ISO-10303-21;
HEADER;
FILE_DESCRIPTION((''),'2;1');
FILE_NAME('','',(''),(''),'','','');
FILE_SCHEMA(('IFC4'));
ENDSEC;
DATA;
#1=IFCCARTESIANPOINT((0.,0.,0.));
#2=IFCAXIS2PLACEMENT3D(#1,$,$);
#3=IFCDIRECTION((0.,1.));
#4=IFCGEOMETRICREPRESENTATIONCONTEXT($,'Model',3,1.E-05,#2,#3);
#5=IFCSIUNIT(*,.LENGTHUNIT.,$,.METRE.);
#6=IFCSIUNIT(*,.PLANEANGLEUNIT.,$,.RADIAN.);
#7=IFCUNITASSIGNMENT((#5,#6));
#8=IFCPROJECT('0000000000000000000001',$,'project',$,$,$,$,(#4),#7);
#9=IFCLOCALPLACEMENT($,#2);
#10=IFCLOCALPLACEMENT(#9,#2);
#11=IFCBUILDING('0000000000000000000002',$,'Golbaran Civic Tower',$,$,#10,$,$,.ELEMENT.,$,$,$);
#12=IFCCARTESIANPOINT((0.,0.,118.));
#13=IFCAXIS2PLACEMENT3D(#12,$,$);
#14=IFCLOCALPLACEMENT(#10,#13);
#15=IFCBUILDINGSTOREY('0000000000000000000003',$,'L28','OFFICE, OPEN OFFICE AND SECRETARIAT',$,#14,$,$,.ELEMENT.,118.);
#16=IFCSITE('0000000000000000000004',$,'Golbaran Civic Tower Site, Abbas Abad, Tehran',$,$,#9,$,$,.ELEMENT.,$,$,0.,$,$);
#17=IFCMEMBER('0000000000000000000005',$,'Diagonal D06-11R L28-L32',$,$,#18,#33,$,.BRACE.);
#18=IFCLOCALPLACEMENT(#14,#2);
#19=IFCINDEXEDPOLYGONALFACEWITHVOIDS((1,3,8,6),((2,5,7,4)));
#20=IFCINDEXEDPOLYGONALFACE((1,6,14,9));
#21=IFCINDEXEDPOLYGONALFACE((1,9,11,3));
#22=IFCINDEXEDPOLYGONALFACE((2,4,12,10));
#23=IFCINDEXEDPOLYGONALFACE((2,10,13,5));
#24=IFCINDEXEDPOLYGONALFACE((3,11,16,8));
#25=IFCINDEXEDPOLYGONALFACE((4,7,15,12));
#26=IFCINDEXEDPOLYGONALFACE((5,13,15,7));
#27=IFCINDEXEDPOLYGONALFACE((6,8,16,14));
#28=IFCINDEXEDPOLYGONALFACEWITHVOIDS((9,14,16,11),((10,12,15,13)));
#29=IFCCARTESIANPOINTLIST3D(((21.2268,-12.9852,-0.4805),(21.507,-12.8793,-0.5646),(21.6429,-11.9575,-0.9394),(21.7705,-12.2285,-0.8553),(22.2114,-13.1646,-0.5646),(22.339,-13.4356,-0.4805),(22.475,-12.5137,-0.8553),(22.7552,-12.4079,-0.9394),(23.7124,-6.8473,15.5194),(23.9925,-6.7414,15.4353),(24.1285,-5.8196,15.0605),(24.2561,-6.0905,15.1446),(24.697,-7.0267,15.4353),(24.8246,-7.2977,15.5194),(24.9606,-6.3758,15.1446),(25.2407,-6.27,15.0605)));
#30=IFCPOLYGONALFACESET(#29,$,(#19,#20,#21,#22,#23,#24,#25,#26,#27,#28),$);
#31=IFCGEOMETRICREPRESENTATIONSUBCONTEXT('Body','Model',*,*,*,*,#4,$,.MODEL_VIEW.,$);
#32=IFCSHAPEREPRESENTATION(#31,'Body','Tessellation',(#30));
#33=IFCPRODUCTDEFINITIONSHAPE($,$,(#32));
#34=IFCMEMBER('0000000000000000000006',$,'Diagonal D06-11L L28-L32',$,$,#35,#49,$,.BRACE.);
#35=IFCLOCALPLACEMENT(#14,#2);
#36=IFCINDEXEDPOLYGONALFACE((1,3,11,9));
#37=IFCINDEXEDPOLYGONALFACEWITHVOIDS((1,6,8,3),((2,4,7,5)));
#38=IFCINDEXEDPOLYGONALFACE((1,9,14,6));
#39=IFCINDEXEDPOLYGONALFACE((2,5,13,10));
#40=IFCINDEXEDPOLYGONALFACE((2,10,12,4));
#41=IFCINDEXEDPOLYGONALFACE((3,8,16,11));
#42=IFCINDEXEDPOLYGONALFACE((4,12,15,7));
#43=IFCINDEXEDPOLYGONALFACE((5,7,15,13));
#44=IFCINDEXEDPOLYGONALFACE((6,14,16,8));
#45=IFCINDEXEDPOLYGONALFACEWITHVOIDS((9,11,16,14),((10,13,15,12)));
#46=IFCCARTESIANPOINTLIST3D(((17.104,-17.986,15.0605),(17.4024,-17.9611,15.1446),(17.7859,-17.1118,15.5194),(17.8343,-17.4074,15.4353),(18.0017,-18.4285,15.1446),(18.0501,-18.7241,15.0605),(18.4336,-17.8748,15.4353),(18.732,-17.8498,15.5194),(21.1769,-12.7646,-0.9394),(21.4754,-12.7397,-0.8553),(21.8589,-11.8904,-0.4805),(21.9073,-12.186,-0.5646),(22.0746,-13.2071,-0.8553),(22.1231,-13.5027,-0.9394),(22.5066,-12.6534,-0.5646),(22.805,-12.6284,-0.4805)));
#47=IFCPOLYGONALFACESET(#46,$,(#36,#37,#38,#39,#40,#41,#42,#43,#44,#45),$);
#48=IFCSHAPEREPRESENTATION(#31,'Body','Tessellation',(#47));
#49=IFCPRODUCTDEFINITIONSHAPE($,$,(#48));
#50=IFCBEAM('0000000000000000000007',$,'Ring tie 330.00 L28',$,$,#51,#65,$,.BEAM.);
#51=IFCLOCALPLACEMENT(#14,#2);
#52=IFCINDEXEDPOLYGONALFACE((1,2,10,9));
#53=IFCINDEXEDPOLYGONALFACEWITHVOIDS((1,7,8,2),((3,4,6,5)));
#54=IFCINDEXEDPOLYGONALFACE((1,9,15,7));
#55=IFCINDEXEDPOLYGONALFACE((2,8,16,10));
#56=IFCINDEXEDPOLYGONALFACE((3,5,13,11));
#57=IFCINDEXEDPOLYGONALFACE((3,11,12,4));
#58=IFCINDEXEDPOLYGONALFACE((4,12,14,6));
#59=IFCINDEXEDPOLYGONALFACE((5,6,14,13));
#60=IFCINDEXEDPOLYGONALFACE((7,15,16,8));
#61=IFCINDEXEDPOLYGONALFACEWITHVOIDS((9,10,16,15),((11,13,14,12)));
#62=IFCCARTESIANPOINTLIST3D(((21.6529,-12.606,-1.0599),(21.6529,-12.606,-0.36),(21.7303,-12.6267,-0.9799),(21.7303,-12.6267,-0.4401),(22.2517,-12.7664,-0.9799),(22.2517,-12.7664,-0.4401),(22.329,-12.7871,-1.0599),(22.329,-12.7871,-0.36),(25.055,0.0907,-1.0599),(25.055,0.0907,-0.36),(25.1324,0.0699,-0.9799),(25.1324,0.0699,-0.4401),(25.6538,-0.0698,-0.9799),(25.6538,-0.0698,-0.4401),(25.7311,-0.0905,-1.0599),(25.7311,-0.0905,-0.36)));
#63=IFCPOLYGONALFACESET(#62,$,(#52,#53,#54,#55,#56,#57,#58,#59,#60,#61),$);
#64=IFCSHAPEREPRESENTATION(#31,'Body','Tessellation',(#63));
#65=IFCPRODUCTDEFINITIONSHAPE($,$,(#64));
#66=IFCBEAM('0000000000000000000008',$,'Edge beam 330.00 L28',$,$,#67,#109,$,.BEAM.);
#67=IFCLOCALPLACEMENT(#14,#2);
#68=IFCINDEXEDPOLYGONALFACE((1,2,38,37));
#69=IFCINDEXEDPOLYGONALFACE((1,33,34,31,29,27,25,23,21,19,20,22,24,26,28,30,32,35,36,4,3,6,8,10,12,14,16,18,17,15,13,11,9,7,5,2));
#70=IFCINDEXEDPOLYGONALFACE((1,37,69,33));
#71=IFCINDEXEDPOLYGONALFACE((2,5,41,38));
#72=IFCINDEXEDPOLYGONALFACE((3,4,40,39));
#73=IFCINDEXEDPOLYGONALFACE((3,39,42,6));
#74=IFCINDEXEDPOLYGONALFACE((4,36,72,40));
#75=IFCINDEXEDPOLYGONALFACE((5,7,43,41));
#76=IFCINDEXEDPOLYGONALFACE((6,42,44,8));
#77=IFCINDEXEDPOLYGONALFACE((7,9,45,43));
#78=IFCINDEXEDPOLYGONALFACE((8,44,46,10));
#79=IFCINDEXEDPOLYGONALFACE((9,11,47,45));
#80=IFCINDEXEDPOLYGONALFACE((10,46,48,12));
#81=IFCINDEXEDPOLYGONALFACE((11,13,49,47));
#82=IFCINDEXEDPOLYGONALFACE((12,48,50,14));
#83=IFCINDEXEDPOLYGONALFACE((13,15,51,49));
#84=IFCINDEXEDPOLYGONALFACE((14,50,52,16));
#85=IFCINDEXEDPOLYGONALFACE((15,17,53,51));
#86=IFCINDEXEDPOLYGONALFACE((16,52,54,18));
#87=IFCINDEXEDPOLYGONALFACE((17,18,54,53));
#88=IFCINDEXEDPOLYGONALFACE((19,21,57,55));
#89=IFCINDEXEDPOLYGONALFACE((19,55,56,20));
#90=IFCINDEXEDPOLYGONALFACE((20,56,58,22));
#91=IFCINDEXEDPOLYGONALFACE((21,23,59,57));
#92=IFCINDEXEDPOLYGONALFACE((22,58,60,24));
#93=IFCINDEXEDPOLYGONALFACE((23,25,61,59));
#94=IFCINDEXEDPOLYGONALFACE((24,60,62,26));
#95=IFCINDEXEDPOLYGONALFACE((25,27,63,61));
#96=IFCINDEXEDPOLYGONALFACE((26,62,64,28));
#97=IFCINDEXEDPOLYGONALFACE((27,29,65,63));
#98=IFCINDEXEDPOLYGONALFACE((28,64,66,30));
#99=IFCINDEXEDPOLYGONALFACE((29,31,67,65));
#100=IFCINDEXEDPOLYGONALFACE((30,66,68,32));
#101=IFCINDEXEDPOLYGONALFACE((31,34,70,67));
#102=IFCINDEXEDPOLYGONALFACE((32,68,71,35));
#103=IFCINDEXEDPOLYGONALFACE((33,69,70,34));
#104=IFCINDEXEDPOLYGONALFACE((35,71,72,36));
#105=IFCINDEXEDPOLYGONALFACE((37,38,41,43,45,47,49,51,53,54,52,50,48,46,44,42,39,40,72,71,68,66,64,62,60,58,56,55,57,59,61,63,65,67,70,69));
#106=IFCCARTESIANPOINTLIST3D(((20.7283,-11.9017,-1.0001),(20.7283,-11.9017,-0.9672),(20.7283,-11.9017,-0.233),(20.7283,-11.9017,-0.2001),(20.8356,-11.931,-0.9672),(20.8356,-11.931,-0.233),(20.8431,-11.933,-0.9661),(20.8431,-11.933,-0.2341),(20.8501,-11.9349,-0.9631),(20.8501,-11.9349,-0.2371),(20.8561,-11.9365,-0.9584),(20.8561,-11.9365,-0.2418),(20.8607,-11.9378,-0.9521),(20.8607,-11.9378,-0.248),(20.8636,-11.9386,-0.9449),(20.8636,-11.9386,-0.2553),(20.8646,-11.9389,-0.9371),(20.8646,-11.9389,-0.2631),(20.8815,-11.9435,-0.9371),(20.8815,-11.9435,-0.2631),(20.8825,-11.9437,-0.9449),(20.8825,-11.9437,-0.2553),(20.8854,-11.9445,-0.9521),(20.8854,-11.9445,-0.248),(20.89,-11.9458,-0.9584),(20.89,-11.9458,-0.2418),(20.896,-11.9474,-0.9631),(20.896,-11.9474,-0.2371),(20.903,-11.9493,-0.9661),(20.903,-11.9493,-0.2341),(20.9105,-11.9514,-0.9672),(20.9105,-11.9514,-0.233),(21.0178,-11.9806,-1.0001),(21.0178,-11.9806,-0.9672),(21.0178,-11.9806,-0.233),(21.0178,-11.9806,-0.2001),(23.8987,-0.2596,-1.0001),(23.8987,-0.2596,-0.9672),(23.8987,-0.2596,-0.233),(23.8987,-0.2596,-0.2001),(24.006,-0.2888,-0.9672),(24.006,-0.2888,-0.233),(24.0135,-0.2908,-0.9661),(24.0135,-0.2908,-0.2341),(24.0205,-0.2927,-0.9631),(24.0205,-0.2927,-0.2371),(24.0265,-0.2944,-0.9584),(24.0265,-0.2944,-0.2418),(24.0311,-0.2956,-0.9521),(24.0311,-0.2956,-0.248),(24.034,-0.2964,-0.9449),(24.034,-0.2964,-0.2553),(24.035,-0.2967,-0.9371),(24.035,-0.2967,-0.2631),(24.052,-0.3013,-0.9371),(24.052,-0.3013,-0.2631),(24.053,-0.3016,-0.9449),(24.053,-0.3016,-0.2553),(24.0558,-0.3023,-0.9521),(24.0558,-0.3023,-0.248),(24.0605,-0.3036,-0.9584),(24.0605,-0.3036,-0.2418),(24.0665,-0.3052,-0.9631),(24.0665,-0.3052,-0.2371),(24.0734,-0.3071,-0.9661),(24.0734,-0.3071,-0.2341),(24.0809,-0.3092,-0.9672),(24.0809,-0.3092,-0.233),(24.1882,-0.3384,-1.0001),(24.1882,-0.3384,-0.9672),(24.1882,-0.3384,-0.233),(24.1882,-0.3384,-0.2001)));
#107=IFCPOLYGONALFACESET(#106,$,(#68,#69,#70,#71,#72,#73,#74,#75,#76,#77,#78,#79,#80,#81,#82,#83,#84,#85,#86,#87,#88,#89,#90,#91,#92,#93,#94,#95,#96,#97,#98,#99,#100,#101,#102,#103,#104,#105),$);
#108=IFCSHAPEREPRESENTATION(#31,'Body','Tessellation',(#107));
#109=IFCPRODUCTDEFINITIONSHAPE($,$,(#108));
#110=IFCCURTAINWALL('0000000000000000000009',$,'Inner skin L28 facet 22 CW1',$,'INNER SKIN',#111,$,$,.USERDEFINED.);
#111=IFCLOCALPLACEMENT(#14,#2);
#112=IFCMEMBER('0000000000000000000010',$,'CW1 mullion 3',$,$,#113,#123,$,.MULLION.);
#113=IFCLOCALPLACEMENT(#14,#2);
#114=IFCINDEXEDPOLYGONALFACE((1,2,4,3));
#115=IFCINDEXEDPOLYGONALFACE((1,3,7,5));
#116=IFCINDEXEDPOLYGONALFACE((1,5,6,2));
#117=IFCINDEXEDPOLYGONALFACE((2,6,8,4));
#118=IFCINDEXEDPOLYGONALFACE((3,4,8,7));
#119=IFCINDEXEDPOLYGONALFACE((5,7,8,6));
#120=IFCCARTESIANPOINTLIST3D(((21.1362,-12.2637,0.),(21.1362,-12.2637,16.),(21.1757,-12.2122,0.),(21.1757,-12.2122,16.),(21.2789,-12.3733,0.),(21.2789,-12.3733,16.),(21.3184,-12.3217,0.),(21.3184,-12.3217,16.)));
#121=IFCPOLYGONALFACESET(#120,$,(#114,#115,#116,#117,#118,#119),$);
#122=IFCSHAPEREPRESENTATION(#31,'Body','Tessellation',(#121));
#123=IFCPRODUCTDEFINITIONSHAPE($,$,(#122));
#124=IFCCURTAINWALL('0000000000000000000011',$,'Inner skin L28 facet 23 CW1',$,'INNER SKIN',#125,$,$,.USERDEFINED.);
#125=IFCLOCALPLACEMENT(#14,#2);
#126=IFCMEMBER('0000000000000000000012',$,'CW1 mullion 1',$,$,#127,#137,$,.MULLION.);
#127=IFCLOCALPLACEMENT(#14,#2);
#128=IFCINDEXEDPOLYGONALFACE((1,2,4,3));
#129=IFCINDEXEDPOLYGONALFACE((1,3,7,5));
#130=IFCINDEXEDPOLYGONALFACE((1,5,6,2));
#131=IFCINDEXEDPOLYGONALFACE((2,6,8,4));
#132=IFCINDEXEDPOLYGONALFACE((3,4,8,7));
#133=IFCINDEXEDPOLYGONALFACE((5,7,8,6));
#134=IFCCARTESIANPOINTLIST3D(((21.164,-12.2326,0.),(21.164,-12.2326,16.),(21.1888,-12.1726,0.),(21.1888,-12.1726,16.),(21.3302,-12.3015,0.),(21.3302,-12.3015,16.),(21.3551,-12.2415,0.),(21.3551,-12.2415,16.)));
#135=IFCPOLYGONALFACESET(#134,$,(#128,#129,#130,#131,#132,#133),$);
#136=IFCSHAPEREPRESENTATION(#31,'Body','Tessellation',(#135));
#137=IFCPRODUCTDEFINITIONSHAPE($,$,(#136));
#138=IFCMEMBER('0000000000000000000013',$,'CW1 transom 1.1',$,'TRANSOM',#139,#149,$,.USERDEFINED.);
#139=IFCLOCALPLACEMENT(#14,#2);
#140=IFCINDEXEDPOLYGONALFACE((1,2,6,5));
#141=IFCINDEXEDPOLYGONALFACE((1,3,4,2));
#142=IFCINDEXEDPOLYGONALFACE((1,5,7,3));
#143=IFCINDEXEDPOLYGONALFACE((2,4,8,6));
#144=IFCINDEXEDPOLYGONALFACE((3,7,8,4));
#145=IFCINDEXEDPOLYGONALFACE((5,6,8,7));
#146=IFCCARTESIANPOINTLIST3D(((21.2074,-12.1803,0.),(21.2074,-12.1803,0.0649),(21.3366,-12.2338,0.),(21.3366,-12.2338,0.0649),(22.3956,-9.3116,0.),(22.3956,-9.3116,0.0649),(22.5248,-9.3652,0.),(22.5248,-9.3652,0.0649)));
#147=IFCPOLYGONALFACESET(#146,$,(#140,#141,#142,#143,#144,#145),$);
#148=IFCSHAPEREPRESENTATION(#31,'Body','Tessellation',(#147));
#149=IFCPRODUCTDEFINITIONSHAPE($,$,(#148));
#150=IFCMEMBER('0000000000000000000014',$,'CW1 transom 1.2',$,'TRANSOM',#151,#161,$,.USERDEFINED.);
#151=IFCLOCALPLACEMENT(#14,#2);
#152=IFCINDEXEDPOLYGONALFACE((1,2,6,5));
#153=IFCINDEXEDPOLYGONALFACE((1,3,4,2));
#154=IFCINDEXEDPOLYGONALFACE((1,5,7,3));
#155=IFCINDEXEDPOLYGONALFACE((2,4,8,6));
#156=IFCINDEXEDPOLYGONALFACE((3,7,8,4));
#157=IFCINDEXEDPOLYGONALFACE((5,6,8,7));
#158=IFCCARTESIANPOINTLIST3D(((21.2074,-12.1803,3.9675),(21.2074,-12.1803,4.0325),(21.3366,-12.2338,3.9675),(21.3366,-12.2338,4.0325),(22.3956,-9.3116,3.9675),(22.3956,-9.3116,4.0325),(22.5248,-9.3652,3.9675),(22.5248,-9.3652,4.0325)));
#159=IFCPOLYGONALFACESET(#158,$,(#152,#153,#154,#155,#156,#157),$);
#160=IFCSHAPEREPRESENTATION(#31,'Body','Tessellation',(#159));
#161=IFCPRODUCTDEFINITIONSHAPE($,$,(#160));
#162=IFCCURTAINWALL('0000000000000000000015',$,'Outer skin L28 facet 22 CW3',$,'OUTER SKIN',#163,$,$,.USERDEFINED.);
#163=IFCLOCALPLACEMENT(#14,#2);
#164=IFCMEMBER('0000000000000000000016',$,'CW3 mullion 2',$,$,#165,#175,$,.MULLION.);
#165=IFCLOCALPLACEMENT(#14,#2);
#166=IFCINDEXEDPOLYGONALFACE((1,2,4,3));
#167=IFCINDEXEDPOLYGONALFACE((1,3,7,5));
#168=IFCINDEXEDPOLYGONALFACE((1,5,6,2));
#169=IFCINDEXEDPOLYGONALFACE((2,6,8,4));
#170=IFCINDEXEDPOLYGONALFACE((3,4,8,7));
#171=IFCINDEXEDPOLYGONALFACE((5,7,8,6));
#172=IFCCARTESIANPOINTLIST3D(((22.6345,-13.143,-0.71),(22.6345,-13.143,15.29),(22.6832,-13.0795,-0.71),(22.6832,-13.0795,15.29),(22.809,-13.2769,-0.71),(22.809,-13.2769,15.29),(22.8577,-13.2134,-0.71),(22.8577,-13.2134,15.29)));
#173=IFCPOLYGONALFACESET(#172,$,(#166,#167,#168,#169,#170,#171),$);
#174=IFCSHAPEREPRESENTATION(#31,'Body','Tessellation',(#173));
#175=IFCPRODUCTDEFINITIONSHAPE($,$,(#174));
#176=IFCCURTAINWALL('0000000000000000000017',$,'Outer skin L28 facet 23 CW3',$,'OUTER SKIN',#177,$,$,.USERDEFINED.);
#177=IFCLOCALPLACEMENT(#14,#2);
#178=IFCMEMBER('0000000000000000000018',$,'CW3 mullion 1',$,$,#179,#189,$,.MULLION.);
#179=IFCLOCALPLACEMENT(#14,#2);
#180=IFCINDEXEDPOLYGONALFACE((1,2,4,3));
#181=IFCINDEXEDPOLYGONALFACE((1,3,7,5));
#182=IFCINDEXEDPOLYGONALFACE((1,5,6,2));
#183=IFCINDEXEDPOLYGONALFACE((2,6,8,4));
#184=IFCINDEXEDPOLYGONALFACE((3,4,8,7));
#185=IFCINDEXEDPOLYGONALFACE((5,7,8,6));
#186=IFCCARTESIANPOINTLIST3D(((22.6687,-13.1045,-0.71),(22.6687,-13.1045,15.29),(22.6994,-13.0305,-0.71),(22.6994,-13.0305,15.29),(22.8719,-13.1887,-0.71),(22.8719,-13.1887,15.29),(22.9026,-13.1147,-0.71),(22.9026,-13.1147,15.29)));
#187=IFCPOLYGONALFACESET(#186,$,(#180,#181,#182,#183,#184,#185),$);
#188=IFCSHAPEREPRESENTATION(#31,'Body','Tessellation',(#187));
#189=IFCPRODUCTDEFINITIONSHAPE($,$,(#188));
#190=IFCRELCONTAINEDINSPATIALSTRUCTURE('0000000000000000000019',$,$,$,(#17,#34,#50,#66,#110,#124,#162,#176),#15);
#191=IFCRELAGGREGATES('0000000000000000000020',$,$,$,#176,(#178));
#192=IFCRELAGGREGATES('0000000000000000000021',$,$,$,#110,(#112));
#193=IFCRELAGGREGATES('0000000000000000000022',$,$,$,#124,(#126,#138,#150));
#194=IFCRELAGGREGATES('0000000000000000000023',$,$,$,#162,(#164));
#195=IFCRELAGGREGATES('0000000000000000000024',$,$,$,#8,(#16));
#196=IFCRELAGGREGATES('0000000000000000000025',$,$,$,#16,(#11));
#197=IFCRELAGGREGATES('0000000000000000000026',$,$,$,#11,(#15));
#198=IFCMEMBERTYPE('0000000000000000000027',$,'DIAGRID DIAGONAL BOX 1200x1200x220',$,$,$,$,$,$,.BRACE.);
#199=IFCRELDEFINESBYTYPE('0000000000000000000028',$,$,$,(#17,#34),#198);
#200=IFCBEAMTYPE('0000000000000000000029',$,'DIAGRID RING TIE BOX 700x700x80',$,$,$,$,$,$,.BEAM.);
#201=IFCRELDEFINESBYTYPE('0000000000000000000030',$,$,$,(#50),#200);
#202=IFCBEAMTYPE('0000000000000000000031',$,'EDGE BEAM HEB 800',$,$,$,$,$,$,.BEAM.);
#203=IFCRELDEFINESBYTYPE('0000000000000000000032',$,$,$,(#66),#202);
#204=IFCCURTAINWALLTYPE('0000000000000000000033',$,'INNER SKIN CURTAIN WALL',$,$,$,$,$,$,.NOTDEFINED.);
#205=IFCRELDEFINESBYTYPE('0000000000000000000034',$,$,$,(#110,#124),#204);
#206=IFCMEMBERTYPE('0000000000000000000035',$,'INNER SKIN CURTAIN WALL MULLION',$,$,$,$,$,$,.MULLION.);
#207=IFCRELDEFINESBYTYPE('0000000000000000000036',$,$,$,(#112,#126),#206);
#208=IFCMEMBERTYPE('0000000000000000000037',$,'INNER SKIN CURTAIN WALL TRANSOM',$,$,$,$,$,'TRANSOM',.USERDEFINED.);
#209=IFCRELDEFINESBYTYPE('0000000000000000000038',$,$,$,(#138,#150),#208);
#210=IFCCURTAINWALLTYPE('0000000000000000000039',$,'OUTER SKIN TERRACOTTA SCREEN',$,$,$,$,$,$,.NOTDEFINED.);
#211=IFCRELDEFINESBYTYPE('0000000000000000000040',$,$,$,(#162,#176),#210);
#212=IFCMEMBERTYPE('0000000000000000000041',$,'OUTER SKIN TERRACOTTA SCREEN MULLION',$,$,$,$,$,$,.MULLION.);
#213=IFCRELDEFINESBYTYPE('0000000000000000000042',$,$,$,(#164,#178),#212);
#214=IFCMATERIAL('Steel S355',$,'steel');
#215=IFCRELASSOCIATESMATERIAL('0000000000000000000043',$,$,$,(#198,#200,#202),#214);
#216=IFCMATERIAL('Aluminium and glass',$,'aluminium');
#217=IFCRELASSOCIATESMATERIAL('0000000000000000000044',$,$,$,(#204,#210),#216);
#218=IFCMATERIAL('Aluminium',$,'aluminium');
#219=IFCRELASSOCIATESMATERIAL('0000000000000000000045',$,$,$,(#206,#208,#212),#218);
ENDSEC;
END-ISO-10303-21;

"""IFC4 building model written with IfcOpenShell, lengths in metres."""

from ifc_helpers import new_model, si_unit, direction, frame, origin, origin_2d, place, context, subcontext, project, spatial, rectangle, hollow_rectangle, i_section, extrude, material, material_profile, profile_set, type_object, element, aggregate, save


model = new_model("IFC4")

# Units and contexts
model_context = context("Model", 3, precision=1e-05, world=origin(), true_north=direction((0.0, 1.0)))
body_context = subcontext(model_context, "Body", "Model", "MODEL_VIEW")
ifc_project = project(units=[si_unit("LENGTHUNIT", "METRE"), si_unit("PLANEANGLEUNIT", "RADIAN")], contexts=[model_context])

# Site, building, storey
site_placement = place(None, origin())
site = spatial("IfcSite", under=ifc_project, at=site_placement, Name="Golbaran Civic Tower Site, Abbas Abad, Tehran", CompositionType="ELEMENT", RefElevation=0.0)
building_placement = place(site_placement, origin())
building = spatial("IfcBuilding", under=site, at=building_placement, Name="Golbaran Civic Tower", CompositionType="ELEMENT")
storey_placement = place(building_placement, frame((0.0, 0.0, 118.0)))
storey = spatial("IfcBuildingStorey", under=building, at=storey_placement, Name="L28", Description="OFFICE, OPEN OFFICE AND SECRETARIAT", CompositionType="ELEMENT", Elevation=118.0)

# Members
ifc_material_1 = material(Name="Steel S355", Category="steel")
ifc_material_profile_1 = material_profile(ifc_material_1, hollow_rectangle(XDim=1.2, YDim=1.2, WallThickness=0.22, at=origin_2d()), Name="BOX 1200x1200x220")
ifc_profile_set_1 = profile_set([ifc_material_profile_1], Name="Steel S355")
member_type_1 = type_object("IfcMemberType", Name="DIAGRID DIAGONAL BOX 1200x1200x220", PredefinedType="BRACE", material=ifc_profile_set_1)
for number, where, z_axis, x_axis, name in (
    (1, (21.991, -12.6965, -0.71), (0.143541, 0.354461, 0.923988), (-0.926884, 0.375347, 0.0), "Diagonal D06-11R L28-L32"),
    (2, (21.991, -12.6965, -0.71), (-0.235212, -0.301534, 0.923987), (0.788482, -0.615058, 0.0), "Diagonal D06-11L L28-L32"),
):
    element("IfcMember", number, at=place(storey_placement, frame(where, z_axis=z_axis, x_axis=x_axis)), inside=storey, type_object=member_type_1, Name=name, PredefinedType="BRACE", context=body_context, shape_type="SweptSolid", body=[
        extrude(hollow_rectangle(XDim=1.2, YDim=1.2, WallThickness=0.22, at=origin_2d()), origin(), (0.0, 0.0, 1.0), 17.3162),
    ])

# Beams
ifc_material_profile_2 = material_profile(ifc_material_1, hollow_rectangle(XDim=0.7, YDim=0.7, WallThickness=0.0801, at=origin_2d()), Name="BOX 700x700x80")
ifc_profile_set_2 = profile_set([ifc_material_profile_2], Name="Steel S355")
beam_type_1 = type_object("IfcBeamType", Name="DIAGRID RING TIE BOX 700x700x80", PredefinedType="BEAM", material=ifc_profile_set_2)
beam_1_placement = place(storey_placement, frame((21.991, -12.6965, -0.71), z_axis=(0.258824, 0.965924, 0.0), x_axis=(-0.965924, 0.258824, 0.0)))
element("IfcBeam", 3, at=beam_1_placement, inside=storey, type_object=beam_type_1, Name="Ring tie 330.00 L28", PredefinedType="BEAM", context=body_context, shape_type="SweptSolid", body=[
    extrude(hollow_rectangle(XDim=0.7, YDim=0.7, WallThickness=0.0801, at=origin_2d()), origin(), (0.0, 0.0, 1.0), 13.1445),
])
ifc_material_profile_3 = material_profile(ifc_material_1, i_section(OverallWidth=0.3, OverallDepth=0.8, WebThickness=0.0176, FlangeThickness=0.033, FilletRadius=0.03, at=origin_2d()), Name="HEB 800")
ifc_profile_set_3 = profile_set([ifc_material_profile_3], Name="Steel S355")
beam_type_2 = type_object("IfcBeamType", Name="EDGE BEAM HEB 800", PredefinedType="BEAM", material=ifc_profile_set_3)
beam_2_placement = place(storey_placement, frame((20.873, -11.9412, -0.6001), z_axis=(0.262754, 0.964863, 0.0), x_axis=(-0.964863, 0.262754, 0.0)))
element("IfcBeam", 4, at=beam_2_placement, inside=storey, type_object=beam_type_2, Name="Edge beam 330.00 L28", PredefinedType="BEAM", context=body_context, shape_type="SweptSolid", body=[
    extrude(i_section(OverallWidth=0.3, OverallDepth=0.8, WebThickness=0.0176, FlangeThickness=0.033, FilletRadius=0.03, at=origin_2d()), origin(), (0.0, 0.0, 1.0), 12.0662),
])

# Curtain wall, member
ifc_material_2 = material(Name="Aluminium and glass", Category="aluminium")
curtain_wall_type_1 = type_object("IfcCurtainWallType", Name="INNER SKIN CURTAIN WALL", PredefinedType="NOTDEFINED", material=ifc_material_2)
curtain_wall_1_placement = place(storey_placement, origin())
curtain_wall_1 = element("IfcCurtainWall", 5, at=curtain_wall_1_placement, inside=storey, type_object=curtain_wall_type_1, Name="Inner skin L28 facet 22 CW1", ObjectType="INNER SKIN", PredefinedType="USERDEFINED")
ifc_material_3 = material(Name="Aluminium", Category="aluminium")
ifc_material_profile_4 = material_profile(ifc_material_3, rectangle(XDim=0.1799, YDim=0.0649, at=origin_2d()), Name="INNER SKIN CURTAIN WALL MULLION")
ifc_profile_set_4 = profile_set([ifc_material_profile_4], Name="Aluminium")
member_type_2 = type_object("IfcMemberType", Name="INNER SKIN CURTAIN WALL MULLION", PredefinedType="MULLION", material=ifc_profile_set_4)
member_1_placement = place(storey_placement, frame((21.2273, -12.2927, 0.0), z_axis=(0.0, 0.0, 1.0), x_axis=(-0.793353, 0.608761, 0.0)))
member_1 = element("IfcMember", 6, at=member_1_placement, type_object=member_type_2, Name="CW1 mullion 3", PredefinedType="MULLION", context=body_context, shape_type="SweptSolid", body=[
    extrude(rectangle(XDim=0.1799, YDim=0.0649, at=origin_2d()), origin(), (0.0, 0.0, 1.0), 16.0),
])

# Curtain wall, members
curtain_wall_2_placement = place(storey_placement, origin())
curtain_wall_2 = element("IfcCurtainWall", 7, at=curtain_wall_2_placement, inside=storey, type_object=curtain_wall_type_1, Name="Inner skin L28 facet 23 CW1", ObjectType="INNER SKIN", PredefinedType="USERDEFINED")
member_2_placement = place(storey_placement, frame((21.2595, -12.2371, 0.0), z_axis=(0.0, 0.0, 1.0), x_axis=(-0.92388, 0.382683, 0.0)))
member_2 = element("IfcMember", 8, at=member_2_placement, type_object=member_type_2, Name="CW1 mullion 1", PredefinedType="MULLION", context=body_context, shape_type="SweptSolid", body=[
    extrude(rectangle(XDim=0.1799, YDim=0.0649, at=origin_2d()), origin(), (0.0, 0.0, 1.0), 16.0),
])
ifc_material_profile_5 = material_profile(ifc_material_3, rectangle(XDim=0.1399, YDim=0.0649, at=origin_2d()), Name="INNER SKIN CURTAIN WALL TRANSOM")
ifc_profile_set_5 = profile_set([ifc_material_profile_5], Name="Aluminium")
member_type_3 = type_object("IfcMemberType", Name="INNER SKIN CURTAIN WALL TRANSOM", ElementType="TRANSOM", PredefinedType="USERDEFINED", material=ifc_profile_set_5)
member_3_placement = place(storey_placement, frame((21.272, -12.207, 0.0325), z_axis=(0.382683, 0.92388, 0.0), x_axis=(-0.92388, 0.382683, 0.0)))
member_3 = element("IfcMember", 9, at=member_3_placement, type_object=member_type_3, Name="CW1 transom 1.1", ObjectType="TRANSOM", PredefinedType="USERDEFINED", context=body_context, shape_type="SweptSolid", body=[
    extrude(rectangle(XDim=0.1399, YDim=0.0649, at=origin_2d()), origin(), (0.0, 0.0, 1.0), 3.105),
])
member_4_placement = place(storey_placement, frame((21.272, -12.207, 4.0), z_axis=(0.382683, 0.92388, 0.0), x_axis=(-0.92388, 0.382683, 0.0)))
member_4 = element("IfcMember", 10, at=member_4_placement, type_object=member_type_3, Name="CW1 transom 1.2", ObjectType="TRANSOM", PredefinedType="USERDEFINED", context=body_context, shape_type="SweptSolid", body=[
    extrude(rectangle(XDim=0.1399, YDim=0.0649, at=origin_2d()), origin(), (0.0, 0.0, 1.0), 3.105),
])

# Curtain wall, member
curtain_wall_type_2 = type_object("IfcCurtainWallType", Name="OUTER SKIN TERRACOTTA SCREEN", PredefinedType="NOTDEFINED", material=ifc_material_2)
curtain_wall_3_placement = place(storey_placement, origin())
curtain_wall_3 = element("IfcCurtainWall", 11, at=curtain_wall_3_placement, inside=storey, type_object=curtain_wall_type_2, Name="Outer skin L28 facet 22 CW3", ObjectType="OUTER SKIN", PredefinedType="USERDEFINED")
ifc_material_profile_6 = material_profile(ifc_material_3, rectangle(XDim=0.22, YDim=0.0801, at=origin_2d()), Name="OUTER SKIN TERRACOTTA SCREEN MULLION")
ifc_profile_set_6 = profile_set([ifc_material_profile_6], Name="Aluminium")
member_type_4 = type_object("IfcMemberType", Name="OUTER SKIN TERRACOTTA SCREEN MULLION", PredefinedType="MULLION", material=ifc_profile_set_6)
member_5_placement = place(storey_placement, frame((22.7461, -13.1782, -0.71), z_axis=(0.0, 0.0, 1.0), x_axis=(-0.793353, 0.608761, 0.0)))
member_5 = element("IfcMember", 12, at=member_5_placement, type_object=member_type_4, Name="CW3 mullion 2", PredefinedType="MULLION", context=body_context, shape_type="SweptSolid", body=[
    extrude(rectangle(XDim=0.22, YDim=0.0801, at=origin_2d()), origin(), (0.0, 0.0, 1.0), 16.0),
])

# Curtain wall, member
curtain_wall_4_placement = place(storey_placement, origin())
curtain_wall_4 = element("IfcCurtainWall", 13, at=curtain_wall_4_placement, inside=storey, type_object=curtain_wall_type_2, Name="Outer skin L28 facet 23 CW3", ObjectType="OUTER SKIN", PredefinedType="USERDEFINED")
member_6_placement = place(storey_placement, frame((22.7856, -13.1096, -0.71), z_axis=(0.0, 0.0, 1.0), x_axis=(-0.92388, 0.382683, 0.0)))
member_6 = element("IfcMember", 14, at=member_6_placement, type_object=member_type_4, Name="CW3 mullion 1", PredefinedType="MULLION", context=body_context, shape_type="SweptSolid", body=[
    extrude(rectangle(XDim=0.22, YDim=0.0801, at=origin_2d()), origin(), (0.0, 0.0, 1.0), 16.0),
])
aggregate(curtain_wall_4, [member_6])

aggregate(curtain_wall_1, [member_1])
aggregate(curtain_wall_2, [member_2, member_3, member_4])
aggregate(curtain_wall_3, [member_5])

save(model, "model.ifc")
